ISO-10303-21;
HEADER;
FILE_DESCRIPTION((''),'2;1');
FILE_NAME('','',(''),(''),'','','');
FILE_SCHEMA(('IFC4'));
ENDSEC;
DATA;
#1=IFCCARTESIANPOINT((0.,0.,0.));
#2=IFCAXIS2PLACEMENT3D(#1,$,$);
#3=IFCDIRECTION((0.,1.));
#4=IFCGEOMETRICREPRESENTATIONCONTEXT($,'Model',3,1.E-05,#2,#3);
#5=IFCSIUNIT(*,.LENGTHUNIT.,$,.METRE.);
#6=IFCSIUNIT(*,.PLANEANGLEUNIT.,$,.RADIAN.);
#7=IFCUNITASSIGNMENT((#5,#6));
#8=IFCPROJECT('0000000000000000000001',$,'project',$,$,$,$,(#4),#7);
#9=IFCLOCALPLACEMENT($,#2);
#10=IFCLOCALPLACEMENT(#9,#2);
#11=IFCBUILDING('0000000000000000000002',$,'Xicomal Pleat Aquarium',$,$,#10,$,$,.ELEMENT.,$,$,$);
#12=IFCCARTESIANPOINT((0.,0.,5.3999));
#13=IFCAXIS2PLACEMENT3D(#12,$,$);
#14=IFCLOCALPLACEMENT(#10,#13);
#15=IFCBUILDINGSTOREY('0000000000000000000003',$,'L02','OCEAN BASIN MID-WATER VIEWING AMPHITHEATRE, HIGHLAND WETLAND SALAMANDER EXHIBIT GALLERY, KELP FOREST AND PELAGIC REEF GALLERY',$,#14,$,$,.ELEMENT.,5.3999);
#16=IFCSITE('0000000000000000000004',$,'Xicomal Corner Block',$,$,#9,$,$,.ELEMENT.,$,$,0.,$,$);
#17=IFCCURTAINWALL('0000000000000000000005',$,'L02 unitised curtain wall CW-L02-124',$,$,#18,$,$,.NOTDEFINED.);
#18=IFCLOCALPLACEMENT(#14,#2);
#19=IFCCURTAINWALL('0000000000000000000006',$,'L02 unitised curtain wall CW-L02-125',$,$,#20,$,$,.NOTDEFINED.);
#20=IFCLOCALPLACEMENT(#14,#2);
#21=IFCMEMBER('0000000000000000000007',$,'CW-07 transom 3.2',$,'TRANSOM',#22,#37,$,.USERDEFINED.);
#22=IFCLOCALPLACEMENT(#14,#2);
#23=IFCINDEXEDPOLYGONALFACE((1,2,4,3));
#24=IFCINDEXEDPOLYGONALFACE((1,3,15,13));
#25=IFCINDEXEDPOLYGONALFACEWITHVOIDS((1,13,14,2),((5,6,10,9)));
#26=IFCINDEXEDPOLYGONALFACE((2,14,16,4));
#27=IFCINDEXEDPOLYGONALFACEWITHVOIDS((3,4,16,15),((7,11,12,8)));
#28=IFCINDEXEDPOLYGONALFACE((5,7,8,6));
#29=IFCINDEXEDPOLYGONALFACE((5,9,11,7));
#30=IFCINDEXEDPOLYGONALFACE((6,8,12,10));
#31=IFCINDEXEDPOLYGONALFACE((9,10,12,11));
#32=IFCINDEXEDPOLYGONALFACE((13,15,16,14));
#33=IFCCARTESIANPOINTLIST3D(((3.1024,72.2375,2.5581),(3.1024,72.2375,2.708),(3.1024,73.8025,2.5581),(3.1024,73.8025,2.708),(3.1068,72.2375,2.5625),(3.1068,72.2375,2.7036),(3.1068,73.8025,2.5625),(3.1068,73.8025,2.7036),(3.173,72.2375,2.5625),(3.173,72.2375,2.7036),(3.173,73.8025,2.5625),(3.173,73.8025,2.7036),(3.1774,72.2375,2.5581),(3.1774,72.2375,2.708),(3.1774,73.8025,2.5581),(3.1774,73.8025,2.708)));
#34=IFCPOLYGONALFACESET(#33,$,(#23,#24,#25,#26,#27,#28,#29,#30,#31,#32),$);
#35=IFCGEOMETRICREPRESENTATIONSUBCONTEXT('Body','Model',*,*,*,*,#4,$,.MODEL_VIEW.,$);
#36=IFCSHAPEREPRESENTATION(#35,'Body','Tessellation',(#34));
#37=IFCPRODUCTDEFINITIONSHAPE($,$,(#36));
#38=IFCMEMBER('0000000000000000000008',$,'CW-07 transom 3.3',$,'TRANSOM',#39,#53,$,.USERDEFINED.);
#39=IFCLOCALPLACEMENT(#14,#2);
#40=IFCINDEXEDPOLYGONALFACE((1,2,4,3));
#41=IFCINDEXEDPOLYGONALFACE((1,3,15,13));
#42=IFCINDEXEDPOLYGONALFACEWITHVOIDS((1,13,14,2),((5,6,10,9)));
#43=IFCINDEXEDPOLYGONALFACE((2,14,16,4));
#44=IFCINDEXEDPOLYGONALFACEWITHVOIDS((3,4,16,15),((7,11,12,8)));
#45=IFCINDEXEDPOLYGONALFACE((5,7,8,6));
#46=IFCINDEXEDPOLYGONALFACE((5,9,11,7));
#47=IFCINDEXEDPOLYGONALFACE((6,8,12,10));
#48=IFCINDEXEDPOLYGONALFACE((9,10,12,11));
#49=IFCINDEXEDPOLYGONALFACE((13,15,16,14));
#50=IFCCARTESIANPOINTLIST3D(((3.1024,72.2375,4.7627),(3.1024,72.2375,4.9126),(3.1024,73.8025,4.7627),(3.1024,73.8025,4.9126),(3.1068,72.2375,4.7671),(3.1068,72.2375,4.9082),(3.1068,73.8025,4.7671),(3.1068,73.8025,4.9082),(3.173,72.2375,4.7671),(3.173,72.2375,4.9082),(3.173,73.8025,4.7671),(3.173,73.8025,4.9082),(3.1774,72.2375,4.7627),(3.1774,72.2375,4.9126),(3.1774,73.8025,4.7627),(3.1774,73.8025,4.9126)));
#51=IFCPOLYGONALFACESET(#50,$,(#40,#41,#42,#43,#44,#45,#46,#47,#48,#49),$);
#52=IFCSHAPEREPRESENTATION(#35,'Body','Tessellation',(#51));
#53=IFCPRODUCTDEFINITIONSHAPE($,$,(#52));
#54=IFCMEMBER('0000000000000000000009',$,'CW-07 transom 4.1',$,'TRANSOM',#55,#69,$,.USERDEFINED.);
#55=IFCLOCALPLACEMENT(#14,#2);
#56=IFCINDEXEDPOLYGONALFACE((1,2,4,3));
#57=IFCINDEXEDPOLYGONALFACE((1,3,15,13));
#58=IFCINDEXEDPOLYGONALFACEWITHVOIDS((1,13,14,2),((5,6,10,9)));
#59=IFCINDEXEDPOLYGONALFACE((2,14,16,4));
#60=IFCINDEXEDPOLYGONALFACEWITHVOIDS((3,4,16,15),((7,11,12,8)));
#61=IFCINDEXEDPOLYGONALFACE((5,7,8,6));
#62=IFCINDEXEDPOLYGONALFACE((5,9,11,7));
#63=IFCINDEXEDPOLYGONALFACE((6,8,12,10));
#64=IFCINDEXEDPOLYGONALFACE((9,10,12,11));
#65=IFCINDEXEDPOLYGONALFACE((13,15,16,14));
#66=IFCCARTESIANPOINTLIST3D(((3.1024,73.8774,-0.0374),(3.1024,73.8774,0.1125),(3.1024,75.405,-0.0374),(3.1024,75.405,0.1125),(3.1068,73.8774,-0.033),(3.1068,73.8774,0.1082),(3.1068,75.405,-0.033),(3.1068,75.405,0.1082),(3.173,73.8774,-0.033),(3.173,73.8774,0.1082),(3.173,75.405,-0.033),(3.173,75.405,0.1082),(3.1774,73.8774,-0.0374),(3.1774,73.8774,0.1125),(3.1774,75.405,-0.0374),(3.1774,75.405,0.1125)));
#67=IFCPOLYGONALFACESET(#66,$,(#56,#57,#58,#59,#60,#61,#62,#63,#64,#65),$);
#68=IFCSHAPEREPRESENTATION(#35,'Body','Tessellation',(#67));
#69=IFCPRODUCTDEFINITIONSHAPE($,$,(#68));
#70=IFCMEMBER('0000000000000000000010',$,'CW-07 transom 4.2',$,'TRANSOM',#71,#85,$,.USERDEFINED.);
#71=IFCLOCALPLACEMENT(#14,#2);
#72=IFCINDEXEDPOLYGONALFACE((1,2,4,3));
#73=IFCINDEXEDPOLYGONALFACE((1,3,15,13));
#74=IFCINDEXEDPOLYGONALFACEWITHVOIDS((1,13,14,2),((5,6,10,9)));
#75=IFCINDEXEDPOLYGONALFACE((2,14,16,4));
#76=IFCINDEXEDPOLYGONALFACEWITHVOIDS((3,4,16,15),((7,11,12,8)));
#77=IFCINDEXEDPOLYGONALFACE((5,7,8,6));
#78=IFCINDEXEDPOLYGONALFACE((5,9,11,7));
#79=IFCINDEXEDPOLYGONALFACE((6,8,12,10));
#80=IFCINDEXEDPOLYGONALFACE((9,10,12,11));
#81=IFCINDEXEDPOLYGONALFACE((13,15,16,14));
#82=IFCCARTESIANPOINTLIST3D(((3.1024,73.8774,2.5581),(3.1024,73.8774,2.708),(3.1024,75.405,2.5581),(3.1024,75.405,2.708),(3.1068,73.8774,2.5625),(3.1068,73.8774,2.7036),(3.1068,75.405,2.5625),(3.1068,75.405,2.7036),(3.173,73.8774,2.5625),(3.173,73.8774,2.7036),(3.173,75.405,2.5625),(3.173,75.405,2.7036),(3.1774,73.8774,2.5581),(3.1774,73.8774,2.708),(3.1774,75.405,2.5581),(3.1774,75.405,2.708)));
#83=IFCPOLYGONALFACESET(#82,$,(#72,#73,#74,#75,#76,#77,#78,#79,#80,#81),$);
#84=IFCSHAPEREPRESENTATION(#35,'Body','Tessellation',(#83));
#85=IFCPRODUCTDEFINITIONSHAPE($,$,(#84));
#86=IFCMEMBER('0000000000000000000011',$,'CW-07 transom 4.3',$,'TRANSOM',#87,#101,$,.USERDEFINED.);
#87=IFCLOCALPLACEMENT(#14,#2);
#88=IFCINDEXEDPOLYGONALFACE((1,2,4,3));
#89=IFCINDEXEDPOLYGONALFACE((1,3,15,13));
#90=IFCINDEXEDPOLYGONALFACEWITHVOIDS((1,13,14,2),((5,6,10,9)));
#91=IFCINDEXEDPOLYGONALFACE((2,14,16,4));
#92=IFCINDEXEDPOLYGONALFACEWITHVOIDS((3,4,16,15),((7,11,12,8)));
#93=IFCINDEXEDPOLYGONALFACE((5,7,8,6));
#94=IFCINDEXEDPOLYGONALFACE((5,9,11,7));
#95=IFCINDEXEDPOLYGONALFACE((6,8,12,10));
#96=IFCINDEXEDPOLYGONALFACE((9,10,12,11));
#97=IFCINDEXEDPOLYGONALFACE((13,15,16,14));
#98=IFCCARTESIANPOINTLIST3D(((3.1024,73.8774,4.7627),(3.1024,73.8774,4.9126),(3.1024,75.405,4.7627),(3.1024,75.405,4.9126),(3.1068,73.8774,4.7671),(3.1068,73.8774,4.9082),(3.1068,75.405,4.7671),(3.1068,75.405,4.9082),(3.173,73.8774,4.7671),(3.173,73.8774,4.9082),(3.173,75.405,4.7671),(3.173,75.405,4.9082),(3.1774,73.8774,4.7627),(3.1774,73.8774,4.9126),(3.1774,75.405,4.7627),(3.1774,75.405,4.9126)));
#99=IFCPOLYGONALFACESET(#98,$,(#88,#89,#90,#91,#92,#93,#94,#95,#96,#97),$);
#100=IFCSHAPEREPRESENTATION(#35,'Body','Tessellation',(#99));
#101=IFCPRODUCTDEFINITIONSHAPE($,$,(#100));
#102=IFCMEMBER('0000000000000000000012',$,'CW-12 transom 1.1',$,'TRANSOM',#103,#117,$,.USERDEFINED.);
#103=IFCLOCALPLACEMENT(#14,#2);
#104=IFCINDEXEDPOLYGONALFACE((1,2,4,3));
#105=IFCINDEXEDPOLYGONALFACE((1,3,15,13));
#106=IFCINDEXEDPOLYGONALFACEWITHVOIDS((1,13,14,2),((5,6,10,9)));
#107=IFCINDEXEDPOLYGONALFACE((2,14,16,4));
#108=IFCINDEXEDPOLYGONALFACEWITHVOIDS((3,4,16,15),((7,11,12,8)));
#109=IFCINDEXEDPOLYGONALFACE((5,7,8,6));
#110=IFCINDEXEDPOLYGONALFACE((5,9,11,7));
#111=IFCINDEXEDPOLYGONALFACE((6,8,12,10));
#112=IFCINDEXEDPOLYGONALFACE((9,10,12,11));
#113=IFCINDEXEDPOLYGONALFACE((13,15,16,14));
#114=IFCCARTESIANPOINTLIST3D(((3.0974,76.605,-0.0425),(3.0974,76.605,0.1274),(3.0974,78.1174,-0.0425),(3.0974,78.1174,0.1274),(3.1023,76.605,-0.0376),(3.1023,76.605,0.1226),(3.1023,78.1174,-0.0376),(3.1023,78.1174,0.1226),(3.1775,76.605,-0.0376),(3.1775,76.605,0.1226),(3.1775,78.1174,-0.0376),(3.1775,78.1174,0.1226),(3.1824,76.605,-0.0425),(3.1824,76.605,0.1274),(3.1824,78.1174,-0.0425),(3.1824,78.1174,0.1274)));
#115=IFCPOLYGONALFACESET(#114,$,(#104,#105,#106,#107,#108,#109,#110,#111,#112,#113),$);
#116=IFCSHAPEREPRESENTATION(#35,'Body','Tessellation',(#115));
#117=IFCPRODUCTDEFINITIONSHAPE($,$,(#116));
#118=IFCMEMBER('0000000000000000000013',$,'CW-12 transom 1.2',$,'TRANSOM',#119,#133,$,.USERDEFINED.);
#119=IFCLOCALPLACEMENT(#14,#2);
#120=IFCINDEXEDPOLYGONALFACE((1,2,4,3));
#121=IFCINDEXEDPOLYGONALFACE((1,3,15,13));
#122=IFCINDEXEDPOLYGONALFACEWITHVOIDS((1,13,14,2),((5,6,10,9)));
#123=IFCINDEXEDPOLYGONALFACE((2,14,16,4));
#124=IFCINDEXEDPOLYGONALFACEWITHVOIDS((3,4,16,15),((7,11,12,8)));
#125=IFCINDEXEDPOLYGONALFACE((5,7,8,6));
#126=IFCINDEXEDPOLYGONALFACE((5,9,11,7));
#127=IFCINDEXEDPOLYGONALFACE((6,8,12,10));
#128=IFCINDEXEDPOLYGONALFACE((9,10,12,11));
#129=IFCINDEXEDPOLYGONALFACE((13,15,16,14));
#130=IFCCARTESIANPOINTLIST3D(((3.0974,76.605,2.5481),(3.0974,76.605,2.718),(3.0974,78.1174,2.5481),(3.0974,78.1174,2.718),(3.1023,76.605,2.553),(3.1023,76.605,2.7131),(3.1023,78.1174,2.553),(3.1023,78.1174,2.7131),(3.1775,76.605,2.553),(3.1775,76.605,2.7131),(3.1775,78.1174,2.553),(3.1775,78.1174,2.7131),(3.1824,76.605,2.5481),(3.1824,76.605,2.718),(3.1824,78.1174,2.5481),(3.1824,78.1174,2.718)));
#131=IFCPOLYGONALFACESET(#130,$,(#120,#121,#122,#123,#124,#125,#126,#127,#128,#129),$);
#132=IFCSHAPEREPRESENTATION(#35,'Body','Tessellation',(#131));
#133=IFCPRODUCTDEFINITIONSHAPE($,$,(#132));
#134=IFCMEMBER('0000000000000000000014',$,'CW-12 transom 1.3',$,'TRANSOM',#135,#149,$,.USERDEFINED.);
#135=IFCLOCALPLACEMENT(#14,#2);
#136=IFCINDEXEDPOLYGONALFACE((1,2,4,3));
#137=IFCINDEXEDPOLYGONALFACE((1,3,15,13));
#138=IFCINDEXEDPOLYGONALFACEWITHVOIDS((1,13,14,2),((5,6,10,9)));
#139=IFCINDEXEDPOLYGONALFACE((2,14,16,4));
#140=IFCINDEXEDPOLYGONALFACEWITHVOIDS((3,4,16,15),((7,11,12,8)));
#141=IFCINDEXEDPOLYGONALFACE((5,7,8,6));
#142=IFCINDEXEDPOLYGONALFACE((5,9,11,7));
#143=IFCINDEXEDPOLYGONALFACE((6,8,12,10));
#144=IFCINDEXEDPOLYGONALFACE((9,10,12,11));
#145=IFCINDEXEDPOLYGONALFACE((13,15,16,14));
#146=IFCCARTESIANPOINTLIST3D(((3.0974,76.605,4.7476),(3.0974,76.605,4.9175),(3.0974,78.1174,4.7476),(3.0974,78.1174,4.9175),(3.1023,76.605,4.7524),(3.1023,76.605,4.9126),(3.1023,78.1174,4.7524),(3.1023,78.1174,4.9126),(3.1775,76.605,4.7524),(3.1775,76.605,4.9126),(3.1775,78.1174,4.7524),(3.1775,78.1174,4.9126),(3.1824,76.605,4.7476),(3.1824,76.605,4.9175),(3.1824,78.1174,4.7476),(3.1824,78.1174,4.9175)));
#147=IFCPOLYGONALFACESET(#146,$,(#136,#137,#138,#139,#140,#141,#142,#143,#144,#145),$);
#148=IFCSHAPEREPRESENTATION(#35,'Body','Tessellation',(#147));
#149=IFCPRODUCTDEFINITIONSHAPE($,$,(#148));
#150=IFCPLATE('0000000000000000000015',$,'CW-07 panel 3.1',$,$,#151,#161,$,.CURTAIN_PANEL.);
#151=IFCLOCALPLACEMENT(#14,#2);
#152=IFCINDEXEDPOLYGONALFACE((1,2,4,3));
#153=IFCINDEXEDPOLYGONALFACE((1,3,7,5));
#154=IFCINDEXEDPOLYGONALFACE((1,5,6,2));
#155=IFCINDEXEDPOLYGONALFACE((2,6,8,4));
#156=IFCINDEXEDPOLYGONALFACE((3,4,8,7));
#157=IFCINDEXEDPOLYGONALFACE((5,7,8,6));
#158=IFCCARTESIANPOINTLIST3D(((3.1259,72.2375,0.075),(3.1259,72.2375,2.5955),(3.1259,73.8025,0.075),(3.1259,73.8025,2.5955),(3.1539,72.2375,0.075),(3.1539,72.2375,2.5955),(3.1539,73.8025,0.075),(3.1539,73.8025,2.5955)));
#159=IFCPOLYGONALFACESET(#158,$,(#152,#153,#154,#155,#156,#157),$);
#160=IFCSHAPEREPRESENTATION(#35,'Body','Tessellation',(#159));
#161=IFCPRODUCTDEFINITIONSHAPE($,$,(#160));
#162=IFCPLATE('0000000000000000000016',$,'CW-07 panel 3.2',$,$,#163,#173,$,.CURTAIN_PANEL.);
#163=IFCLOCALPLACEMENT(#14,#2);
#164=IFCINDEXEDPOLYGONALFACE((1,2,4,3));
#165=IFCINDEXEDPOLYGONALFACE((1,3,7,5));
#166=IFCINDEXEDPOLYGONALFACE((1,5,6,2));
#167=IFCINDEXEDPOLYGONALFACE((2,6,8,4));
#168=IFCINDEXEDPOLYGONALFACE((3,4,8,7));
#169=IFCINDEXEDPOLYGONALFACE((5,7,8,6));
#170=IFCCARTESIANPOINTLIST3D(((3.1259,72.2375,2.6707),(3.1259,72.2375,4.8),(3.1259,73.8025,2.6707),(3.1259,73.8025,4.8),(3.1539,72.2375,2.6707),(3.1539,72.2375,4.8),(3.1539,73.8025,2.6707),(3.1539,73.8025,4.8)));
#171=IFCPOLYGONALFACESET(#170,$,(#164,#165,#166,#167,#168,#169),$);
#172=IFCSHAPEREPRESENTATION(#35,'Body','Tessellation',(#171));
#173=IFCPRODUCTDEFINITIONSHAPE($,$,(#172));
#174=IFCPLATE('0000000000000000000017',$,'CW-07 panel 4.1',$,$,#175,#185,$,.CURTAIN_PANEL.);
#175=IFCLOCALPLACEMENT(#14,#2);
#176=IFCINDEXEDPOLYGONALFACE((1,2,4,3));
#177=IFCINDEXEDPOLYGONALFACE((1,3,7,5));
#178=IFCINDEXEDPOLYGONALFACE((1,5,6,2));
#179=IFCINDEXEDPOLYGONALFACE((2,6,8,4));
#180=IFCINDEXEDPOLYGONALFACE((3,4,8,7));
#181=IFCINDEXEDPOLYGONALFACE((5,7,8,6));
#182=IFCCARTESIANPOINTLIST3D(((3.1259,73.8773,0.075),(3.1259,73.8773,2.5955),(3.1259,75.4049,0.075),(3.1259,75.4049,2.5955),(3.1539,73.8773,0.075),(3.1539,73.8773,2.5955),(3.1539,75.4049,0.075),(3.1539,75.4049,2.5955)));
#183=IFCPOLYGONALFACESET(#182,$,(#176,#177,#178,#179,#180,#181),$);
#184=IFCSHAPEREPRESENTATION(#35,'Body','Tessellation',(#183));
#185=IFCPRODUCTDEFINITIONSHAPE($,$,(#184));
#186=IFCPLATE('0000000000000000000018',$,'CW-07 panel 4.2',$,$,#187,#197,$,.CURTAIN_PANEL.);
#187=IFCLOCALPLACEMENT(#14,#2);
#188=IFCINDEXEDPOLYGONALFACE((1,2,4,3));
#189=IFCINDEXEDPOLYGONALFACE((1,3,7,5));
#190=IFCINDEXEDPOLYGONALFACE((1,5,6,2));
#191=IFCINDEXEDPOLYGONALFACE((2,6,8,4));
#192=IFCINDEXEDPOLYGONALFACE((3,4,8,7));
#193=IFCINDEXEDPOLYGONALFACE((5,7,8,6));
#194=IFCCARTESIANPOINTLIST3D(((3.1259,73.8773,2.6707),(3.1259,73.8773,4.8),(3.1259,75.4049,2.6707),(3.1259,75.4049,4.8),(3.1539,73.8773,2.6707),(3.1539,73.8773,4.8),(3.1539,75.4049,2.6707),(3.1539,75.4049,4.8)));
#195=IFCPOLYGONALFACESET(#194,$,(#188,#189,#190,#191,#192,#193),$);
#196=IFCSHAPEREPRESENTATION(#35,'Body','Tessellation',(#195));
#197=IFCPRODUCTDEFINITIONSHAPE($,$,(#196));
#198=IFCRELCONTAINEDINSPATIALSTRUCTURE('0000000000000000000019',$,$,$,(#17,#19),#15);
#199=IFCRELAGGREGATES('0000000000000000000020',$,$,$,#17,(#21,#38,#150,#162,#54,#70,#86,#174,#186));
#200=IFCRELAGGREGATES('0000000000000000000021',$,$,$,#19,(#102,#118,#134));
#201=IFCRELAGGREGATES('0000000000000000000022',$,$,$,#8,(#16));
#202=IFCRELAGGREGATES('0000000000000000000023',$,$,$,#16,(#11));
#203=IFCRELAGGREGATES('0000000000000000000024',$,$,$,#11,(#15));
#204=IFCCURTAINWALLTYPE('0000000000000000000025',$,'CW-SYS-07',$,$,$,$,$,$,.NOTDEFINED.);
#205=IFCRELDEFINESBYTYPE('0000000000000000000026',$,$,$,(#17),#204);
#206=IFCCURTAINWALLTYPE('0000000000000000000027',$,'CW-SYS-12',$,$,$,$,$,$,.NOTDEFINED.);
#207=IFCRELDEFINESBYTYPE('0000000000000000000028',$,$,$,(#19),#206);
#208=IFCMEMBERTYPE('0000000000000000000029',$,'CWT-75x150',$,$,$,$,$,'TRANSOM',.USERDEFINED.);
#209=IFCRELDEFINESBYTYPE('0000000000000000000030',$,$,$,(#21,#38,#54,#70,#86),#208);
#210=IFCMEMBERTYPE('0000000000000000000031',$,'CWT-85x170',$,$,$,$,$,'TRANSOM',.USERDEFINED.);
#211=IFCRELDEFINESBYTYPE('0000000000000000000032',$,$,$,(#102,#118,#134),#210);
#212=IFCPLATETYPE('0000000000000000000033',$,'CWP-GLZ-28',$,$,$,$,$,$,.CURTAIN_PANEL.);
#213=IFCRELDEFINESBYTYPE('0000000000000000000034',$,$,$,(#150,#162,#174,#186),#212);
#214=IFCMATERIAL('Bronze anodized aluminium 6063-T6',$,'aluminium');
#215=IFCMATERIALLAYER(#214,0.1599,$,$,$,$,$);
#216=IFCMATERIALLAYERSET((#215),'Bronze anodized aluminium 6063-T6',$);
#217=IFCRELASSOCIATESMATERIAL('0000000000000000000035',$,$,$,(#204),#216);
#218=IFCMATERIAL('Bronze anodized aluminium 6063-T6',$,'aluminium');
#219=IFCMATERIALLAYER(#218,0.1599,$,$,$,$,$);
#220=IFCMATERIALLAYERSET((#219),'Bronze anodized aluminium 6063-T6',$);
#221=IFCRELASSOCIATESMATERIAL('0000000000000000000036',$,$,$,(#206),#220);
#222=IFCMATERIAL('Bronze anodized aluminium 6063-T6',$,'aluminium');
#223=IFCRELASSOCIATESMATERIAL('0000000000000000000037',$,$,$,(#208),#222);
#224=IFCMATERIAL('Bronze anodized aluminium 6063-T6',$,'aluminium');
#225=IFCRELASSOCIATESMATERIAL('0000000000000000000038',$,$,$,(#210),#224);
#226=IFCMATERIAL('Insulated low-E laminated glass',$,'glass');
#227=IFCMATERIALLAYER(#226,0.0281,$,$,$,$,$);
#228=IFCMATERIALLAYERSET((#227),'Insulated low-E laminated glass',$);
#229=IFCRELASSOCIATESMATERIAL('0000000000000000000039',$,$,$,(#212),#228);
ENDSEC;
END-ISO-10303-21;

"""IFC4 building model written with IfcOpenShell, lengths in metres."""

from ifc_helpers import new_model, si_unit, direction, frame, origin, origin_2d, place, context, subcontext, project, spatial, rectangle, hollow_rectangle, extrude, material, layer, layer_set, material_profile, profile_set, type_object, element, aggregate, save


model = new_model("IFC4")

# Units and contexts
model_context = context("Model", 3, precision=1e-05, world=origin(), true_north=direction((0.0, 1.0)))
body_context = subcontext(model_context, "Body", "Model", "MODEL_VIEW")
ifc_project = project(units=[si_unit("LENGTHUNIT", "METRE"), si_unit("PLANEANGLEUNIT", "RADIAN")], contexts=[model_context])

# Site, building, storey
site_placement = place(None, origin())
site = spatial("IfcSite", under=ifc_project, at=site_placement, Name="Xicomal Corner Block", CompositionType="ELEMENT", RefElevation=0.0)
building_placement = place(site_placement, origin())
building = spatial("IfcBuilding", under=site, at=building_placement, Name="Xicomal Pleat Aquarium", CompositionType="ELEMENT")
storey_placement = place(building_placement, frame((0.0, 0.0, 5.3999)))
storey = spatial("IfcBuildingStorey", under=building, at=storey_placement, Name="L02", Description="OCEAN BASIN MID-WATER VIEWING AMPHITHEATRE, HIGHLAND WETLAND SALAMANDER EXHIBIT GALLERY, KELP FOREST AND PELAGIC REEF GALLERY", CompositionType="ELEMENT", Elevation=5.3999)

# Curtain wall
ifc_material_1 = material(Name="Bronze anodized aluminium 6063-T6", Category="aluminium")
ifc_layer_1 = layer(ifc_material_1, 0.1599)
ifc_layer_set_1 = layer_set([ifc_layer_1], Name="Bronze anodized aluminium 6063-T6")
curtain_wall_type_1 = type_object("IfcCurtainWallType", Name="CW-SYS-07", PredefinedType="NOTDEFINED", material=ifc_layer_set_1)
curtain_wall_1_placement = place(storey_placement, origin())
curtain_wall_1 = element("IfcCurtainWall", 1, at=curtain_wall_1_placement, inside=storey, type_object=curtain_wall_type_1, Name="L02 unitised curtain wall CW-L02-124", PredefinedType="NOTDEFINED")

# Curtain wall
ifc_material_2 = material(Name="Bronze anodized aluminium 6063-T6", Category="aluminium")
ifc_layer_2 = layer(ifc_material_2, 0.1599)
ifc_layer_set_2 = layer_set([ifc_layer_2], Name="Bronze anodized aluminium 6063-T6")
curtain_wall_type_2 = type_object("IfcCurtainWallType", Name="CW-SYS-12", PredefinedType="NOTDEFINED", material=ifc_layer_set_2)
curtain_wall_2_placement = place(storey_placement, origin())
curtain_wall_2 = element("IfcCurtainWall", 2, at=curtain_wall_2_placement, inside=storey, type_object=curtain_wall_type_2, Name="L02 unitised curtain wall CW-L02-125", PredefinedType="NOTDEFINED")

# Members
ifc_material_3 = material(Name="Bronze anodized aluminium 6063-T6", Category="aluminium")
ifc_material_profile_1 = material_profile(ifc_material_3, hollow_rectangle(XDim=0.075, YDim=0.1499, WallThickness=0.0044, at=origin_2d()), Name="ALU TRAN 75x150")
ifc_profile_set_1 = profile_set([ifc_material_profile_1], Name="Bronze anodized aluminium 6063-T6")
member_type_1 = type_object("IfcMemberType", Name="CWT-75x150", ElementType="TRANSOM", PredefinedType="USERDEFINED", material=ifc_profile_set_1)
member_1_placement = place(storey_placement, frame((3.1399, 72.2375, 2.6331), z_axis=(0.0, 1.0, 0.0), x_axis=(-1.0, 0.0, 0.0)))
member_1 = element("IfcMember", 3, at=member_1_placement, type_object=member_type_1, Name="CW-07 transom 3.2", ObjectType="TRANSOM", PredefinedType="USERDEFINED", context=body_context, shape_type="SweptSolid", body=[
    extrude(hollow_rectangle(XDim=0.075, YDim=0.1499, WallThickness=0.0044, at=origin_2d()), origin(), (0.0, 0.0, 1.0), 1.5649),
])
member_2_placement = place(storey_placement, frame((3.1399, 72.2375, 4.8376), z_axis=(0.0, 1.0, 0.0), x_axis=(-1.0, 0.0, 0.0)))
member_2 = element("IfcMember", 4, at=member_2_placement, type_object=member_type_1, Name="CW-07 transom 3.3", ObjectType="TRANSOM", PredefinedType="USERDEFINED", context=body_context, shape_type="SweptSolid", body=[
    extrude(hollow_rectangle(XDim=0.075, YDim=0.1499, WallThickness=0.0044, at=origin_2d()), origin(), (0.0, 0.0, 1.0), 1.5649),
])
member_3_placement = place(storey_placement, frame((3.1399, 73.8774, 0.0376), z_axis=(0.0, 1.0, 0.0), x_axis=(-1.0, 0.0, 0.0)))
member_3 = element("IfcMember", 5, at=member_3_placement, type_object=member_type_1, Name="CW-07 transom 4.1", ObjectType="TRANSOM", PredefinedType="USERDEFINED", context=body_context, shape_type="SweptSolid", body=[
    extrude(hollow_rectangle(XDim=0.075, YDim=0.1499, WallThickness=0.0044, at=origin_2d()), origin(), (0.0, 0.0, 1.0), 1.5276),
])
member_4_placement = place(storey_placement, frame((3.1399, 73.8774, 2.6331), z_axis=(0.0, 1.0, 0.0), x_axis=(-1.0, 0.0, 0.0)))
member_4 = element("IfcMember", 6, at=member_4_placement, type_object=member_type_1, Name="CW-07 transom 4.2", ObjectType="TRANSOM", PredefinedType="USERDEFINED", context=body_context, shape_type="SweptSolid", body=[
    extrude(hollow_rectangle(XDim=0.075, YDim=0.1499, WallThickness=0.0044, at=origin_2d()), origin(), (0.0, 0.0, 1.0), 1.5276),
])
member_5_placement = place(storey_placement, frame((3.1399, 73.8774, 4.8376), z_axis=(0.0, 1.0, 0.0), x_axis=(-1.0, 0.0, 0.0)))
member_5 = element("IfcMember", 7, at=member_5_placement, type_object=member_type_1, Name="CW-07 transom 4.3", ObjectType="TRANSOM", PredefinedType="USERDEFINED", context=body_context, shape_type="SweptSolid", body=[
    extrude(hollow_rectangle(XDim=0.075, YDim=0.1499, WallThickness=0.0044, at=origin_2d()), origin(), (0.0, 0.0, 1.0), 1.5276),
])
ifc_material_4 = material(Name="Bronze anodized aluminium 6063-T6", Category="aluminium")
ifc_material_profile_2 = material_profile(ifc_material_4, hollow_rectangle(XDim=0.085, YDim=0.1699, WallThickness=0.0049, at=origin_2d()), Name="ALU TRAN 85x170")
ifc_profile_set_2 = profile_set([ifc_material_profile_2], Name="Bronze anodized aluminium 6063-T6")
member_type_2 = type_object("IfcMemberType", Name="CWT-85x170", ElementType="TRANSOM", PredefinedType="USERDEFINED", material=ifc_profile_set_2)
member_6_placement = place(storey_placement, frame((3.1399, 76.605, 0.0425), z_axis=(0.0, 1.0, 0.0), x_axis=(-1.0, 0.0, 0.0)))
member_6 = element("IfcMember", 8, at=member_6_placement, type_object=member_type_2, Name="CW-12 transom 1.1", ObjectType="TRANSOM", PredefinedType="USERDEFINED", context=body_context, shape_type="SweptSolid", body=[
    extrude(hollow_rectangle(XDim=0.085, YDim=0.1699, WallThickness=0.0049, at=origin_2d()), origin(), (0.0, 0.0, 1.0), 1.5125),
])
member_7_placement = place(storey_placement, frame((3.1399, 76.605, 2.6331), z_axis=(0.0, 1.0, 0.0), x_axis=(-1.0, 0.0, 0.0)))
member_7 = element("IfcMember", 9, at=member_7_placement, type_object=member_type_2, Name="CW-12 transom 1.2", ObjectType="TRANSOM", PredefinedType="USERDEFINED", context=body_context, shape_type="SweptSolid", body=[
    extrude(hollow_rectangle(XDim=0.085, YDim=0.1699, WallThickness=0.0049, at=origin_2d()), origin(), (0.0, 0.0, 1.0), 1.5125),
])
member_8_placement = place(storey_placement, frame((3.1399, 76.605, 4.8325), z_axis=(0.0, 1.0, 0.0), x_axis=(-1.0, 0.0, 0.0)))
member_8 = element("IfcMember", 10, at=member_8_placement, type_object=member_type_2, Name="CW-12 transom 1.3", ObjectType="TRANSOM", PredefinedType="USERDEFINED", context=body_context, shape_type="SweptSolid", body=[
    extrude(hollow_rectangle(XDim=0.085, YDim=0.1699, WallThickness=0.0049, at=origin_2d()), origin(), (0.0, 0.0, 1.0), 1.5125),
])

# Plates
ifc_material_5 = material(Name="Insulated low-E laminated glass", Category="glass")
ifc_layer_3 = layer(ifc_material_5, 0.0281)
ifc_layer_set_3 = layer_set([ifc_layer_3], Name="Insulated low-E laminated glass")
plate_type_1 = type_object("IfcPlateType", Name="CWP-GLZ-28", PredefinedType="CURTAIN_PANEL", material=ifc_layer_set_3)
plate_1_placement = place(storey_placement, frame((3.1399, 73.02, 0.075), z_axis=(0.0, 0.0, 1.0), x_axis=(0.0, 1.0, 0.0)))
plate_1 = element("IfcPlate", 11, at=plate_1_placement, type_object=plate_type_1, Name="CW-07 panel 3.1", PredefinedType="CURTAIN_PANEL", context=body_context, shape_type="SweptSolid", body=[
    extrude(rectangle(XDim=1.5649, YDim=0.0281, at=origin_2d()), origin(), (0.0, 0.0, 1.0), 2.5205),
])
plate_2_placement = place(storey_placement, frame((3.1399, 73.02, 2.6707), z_axis=(0.0, 0.0, 1.0), x_axis=(0.0, 1.0, 0.0)))
plate_2 = element("IfcPlate", 12, at=plate_2_placement, type_object=plate_type_1, Name="CW-07 panel 3.2", PredefinedType="CURTAIN_PANEL", context=body_context, shape_type="SweptSolid", body=[
    extrude(rectangle(XDim=1.5649, YDim=0.0281, at=origin_2d()), origin(), (0.0, 0.0, 1.0), 2.1294),
])
plate_3_placement = place(storey_placement, frame((3.1399, 74.6411, 0.075), z_axis=(0.0, 0.0, 1.0), x_axis=(0.0, 1.0, 0.0)))
plate_3 = element("IfcPlate", 13, at=plate_3_placement, type_object=plate_type_1, Name="CW-07 panel 4.1", PredefinedType="CURTAIN_PANEL", context=body_context, shape_type="SweptSolid", body=[
    extrude(rectangle(XDim=1.5276, YDim=0.0281, at=origin_2d()), origin(), (0.0, 0.0, 1.0), 2.5205),
])
plate_4_placement = place(storey_placement, frame((3.1399, 74.6411, 2.6707), z_axis=(0.0, 0.0, 1.0), x_axis=(0.0, 1.0, 0.0)))
plate_4 = element("IfcPlate", 14, at=plate_4_placement, type_object=plate_type_1, Name="CW-07 panel 4.2", PredefinedType="CURTAIN_PANEL", context=body_context, shape_type="SweptSolid", body=[
    extrude(rectangle(XDim=1.5276, YDim=0.0281, at=origin_2d()), origin(), (0.0, 0.0, 1.0), 2.1294),
])
aggregate(curtain_wall_1, [member_1, member_2, plate_1, plate_2, member_3, member_4, member_5, plate_3, plate_4])
aggregate(curtain_wall_2, [member_6, member_7, member_8])

save(model, "model.ifc")
